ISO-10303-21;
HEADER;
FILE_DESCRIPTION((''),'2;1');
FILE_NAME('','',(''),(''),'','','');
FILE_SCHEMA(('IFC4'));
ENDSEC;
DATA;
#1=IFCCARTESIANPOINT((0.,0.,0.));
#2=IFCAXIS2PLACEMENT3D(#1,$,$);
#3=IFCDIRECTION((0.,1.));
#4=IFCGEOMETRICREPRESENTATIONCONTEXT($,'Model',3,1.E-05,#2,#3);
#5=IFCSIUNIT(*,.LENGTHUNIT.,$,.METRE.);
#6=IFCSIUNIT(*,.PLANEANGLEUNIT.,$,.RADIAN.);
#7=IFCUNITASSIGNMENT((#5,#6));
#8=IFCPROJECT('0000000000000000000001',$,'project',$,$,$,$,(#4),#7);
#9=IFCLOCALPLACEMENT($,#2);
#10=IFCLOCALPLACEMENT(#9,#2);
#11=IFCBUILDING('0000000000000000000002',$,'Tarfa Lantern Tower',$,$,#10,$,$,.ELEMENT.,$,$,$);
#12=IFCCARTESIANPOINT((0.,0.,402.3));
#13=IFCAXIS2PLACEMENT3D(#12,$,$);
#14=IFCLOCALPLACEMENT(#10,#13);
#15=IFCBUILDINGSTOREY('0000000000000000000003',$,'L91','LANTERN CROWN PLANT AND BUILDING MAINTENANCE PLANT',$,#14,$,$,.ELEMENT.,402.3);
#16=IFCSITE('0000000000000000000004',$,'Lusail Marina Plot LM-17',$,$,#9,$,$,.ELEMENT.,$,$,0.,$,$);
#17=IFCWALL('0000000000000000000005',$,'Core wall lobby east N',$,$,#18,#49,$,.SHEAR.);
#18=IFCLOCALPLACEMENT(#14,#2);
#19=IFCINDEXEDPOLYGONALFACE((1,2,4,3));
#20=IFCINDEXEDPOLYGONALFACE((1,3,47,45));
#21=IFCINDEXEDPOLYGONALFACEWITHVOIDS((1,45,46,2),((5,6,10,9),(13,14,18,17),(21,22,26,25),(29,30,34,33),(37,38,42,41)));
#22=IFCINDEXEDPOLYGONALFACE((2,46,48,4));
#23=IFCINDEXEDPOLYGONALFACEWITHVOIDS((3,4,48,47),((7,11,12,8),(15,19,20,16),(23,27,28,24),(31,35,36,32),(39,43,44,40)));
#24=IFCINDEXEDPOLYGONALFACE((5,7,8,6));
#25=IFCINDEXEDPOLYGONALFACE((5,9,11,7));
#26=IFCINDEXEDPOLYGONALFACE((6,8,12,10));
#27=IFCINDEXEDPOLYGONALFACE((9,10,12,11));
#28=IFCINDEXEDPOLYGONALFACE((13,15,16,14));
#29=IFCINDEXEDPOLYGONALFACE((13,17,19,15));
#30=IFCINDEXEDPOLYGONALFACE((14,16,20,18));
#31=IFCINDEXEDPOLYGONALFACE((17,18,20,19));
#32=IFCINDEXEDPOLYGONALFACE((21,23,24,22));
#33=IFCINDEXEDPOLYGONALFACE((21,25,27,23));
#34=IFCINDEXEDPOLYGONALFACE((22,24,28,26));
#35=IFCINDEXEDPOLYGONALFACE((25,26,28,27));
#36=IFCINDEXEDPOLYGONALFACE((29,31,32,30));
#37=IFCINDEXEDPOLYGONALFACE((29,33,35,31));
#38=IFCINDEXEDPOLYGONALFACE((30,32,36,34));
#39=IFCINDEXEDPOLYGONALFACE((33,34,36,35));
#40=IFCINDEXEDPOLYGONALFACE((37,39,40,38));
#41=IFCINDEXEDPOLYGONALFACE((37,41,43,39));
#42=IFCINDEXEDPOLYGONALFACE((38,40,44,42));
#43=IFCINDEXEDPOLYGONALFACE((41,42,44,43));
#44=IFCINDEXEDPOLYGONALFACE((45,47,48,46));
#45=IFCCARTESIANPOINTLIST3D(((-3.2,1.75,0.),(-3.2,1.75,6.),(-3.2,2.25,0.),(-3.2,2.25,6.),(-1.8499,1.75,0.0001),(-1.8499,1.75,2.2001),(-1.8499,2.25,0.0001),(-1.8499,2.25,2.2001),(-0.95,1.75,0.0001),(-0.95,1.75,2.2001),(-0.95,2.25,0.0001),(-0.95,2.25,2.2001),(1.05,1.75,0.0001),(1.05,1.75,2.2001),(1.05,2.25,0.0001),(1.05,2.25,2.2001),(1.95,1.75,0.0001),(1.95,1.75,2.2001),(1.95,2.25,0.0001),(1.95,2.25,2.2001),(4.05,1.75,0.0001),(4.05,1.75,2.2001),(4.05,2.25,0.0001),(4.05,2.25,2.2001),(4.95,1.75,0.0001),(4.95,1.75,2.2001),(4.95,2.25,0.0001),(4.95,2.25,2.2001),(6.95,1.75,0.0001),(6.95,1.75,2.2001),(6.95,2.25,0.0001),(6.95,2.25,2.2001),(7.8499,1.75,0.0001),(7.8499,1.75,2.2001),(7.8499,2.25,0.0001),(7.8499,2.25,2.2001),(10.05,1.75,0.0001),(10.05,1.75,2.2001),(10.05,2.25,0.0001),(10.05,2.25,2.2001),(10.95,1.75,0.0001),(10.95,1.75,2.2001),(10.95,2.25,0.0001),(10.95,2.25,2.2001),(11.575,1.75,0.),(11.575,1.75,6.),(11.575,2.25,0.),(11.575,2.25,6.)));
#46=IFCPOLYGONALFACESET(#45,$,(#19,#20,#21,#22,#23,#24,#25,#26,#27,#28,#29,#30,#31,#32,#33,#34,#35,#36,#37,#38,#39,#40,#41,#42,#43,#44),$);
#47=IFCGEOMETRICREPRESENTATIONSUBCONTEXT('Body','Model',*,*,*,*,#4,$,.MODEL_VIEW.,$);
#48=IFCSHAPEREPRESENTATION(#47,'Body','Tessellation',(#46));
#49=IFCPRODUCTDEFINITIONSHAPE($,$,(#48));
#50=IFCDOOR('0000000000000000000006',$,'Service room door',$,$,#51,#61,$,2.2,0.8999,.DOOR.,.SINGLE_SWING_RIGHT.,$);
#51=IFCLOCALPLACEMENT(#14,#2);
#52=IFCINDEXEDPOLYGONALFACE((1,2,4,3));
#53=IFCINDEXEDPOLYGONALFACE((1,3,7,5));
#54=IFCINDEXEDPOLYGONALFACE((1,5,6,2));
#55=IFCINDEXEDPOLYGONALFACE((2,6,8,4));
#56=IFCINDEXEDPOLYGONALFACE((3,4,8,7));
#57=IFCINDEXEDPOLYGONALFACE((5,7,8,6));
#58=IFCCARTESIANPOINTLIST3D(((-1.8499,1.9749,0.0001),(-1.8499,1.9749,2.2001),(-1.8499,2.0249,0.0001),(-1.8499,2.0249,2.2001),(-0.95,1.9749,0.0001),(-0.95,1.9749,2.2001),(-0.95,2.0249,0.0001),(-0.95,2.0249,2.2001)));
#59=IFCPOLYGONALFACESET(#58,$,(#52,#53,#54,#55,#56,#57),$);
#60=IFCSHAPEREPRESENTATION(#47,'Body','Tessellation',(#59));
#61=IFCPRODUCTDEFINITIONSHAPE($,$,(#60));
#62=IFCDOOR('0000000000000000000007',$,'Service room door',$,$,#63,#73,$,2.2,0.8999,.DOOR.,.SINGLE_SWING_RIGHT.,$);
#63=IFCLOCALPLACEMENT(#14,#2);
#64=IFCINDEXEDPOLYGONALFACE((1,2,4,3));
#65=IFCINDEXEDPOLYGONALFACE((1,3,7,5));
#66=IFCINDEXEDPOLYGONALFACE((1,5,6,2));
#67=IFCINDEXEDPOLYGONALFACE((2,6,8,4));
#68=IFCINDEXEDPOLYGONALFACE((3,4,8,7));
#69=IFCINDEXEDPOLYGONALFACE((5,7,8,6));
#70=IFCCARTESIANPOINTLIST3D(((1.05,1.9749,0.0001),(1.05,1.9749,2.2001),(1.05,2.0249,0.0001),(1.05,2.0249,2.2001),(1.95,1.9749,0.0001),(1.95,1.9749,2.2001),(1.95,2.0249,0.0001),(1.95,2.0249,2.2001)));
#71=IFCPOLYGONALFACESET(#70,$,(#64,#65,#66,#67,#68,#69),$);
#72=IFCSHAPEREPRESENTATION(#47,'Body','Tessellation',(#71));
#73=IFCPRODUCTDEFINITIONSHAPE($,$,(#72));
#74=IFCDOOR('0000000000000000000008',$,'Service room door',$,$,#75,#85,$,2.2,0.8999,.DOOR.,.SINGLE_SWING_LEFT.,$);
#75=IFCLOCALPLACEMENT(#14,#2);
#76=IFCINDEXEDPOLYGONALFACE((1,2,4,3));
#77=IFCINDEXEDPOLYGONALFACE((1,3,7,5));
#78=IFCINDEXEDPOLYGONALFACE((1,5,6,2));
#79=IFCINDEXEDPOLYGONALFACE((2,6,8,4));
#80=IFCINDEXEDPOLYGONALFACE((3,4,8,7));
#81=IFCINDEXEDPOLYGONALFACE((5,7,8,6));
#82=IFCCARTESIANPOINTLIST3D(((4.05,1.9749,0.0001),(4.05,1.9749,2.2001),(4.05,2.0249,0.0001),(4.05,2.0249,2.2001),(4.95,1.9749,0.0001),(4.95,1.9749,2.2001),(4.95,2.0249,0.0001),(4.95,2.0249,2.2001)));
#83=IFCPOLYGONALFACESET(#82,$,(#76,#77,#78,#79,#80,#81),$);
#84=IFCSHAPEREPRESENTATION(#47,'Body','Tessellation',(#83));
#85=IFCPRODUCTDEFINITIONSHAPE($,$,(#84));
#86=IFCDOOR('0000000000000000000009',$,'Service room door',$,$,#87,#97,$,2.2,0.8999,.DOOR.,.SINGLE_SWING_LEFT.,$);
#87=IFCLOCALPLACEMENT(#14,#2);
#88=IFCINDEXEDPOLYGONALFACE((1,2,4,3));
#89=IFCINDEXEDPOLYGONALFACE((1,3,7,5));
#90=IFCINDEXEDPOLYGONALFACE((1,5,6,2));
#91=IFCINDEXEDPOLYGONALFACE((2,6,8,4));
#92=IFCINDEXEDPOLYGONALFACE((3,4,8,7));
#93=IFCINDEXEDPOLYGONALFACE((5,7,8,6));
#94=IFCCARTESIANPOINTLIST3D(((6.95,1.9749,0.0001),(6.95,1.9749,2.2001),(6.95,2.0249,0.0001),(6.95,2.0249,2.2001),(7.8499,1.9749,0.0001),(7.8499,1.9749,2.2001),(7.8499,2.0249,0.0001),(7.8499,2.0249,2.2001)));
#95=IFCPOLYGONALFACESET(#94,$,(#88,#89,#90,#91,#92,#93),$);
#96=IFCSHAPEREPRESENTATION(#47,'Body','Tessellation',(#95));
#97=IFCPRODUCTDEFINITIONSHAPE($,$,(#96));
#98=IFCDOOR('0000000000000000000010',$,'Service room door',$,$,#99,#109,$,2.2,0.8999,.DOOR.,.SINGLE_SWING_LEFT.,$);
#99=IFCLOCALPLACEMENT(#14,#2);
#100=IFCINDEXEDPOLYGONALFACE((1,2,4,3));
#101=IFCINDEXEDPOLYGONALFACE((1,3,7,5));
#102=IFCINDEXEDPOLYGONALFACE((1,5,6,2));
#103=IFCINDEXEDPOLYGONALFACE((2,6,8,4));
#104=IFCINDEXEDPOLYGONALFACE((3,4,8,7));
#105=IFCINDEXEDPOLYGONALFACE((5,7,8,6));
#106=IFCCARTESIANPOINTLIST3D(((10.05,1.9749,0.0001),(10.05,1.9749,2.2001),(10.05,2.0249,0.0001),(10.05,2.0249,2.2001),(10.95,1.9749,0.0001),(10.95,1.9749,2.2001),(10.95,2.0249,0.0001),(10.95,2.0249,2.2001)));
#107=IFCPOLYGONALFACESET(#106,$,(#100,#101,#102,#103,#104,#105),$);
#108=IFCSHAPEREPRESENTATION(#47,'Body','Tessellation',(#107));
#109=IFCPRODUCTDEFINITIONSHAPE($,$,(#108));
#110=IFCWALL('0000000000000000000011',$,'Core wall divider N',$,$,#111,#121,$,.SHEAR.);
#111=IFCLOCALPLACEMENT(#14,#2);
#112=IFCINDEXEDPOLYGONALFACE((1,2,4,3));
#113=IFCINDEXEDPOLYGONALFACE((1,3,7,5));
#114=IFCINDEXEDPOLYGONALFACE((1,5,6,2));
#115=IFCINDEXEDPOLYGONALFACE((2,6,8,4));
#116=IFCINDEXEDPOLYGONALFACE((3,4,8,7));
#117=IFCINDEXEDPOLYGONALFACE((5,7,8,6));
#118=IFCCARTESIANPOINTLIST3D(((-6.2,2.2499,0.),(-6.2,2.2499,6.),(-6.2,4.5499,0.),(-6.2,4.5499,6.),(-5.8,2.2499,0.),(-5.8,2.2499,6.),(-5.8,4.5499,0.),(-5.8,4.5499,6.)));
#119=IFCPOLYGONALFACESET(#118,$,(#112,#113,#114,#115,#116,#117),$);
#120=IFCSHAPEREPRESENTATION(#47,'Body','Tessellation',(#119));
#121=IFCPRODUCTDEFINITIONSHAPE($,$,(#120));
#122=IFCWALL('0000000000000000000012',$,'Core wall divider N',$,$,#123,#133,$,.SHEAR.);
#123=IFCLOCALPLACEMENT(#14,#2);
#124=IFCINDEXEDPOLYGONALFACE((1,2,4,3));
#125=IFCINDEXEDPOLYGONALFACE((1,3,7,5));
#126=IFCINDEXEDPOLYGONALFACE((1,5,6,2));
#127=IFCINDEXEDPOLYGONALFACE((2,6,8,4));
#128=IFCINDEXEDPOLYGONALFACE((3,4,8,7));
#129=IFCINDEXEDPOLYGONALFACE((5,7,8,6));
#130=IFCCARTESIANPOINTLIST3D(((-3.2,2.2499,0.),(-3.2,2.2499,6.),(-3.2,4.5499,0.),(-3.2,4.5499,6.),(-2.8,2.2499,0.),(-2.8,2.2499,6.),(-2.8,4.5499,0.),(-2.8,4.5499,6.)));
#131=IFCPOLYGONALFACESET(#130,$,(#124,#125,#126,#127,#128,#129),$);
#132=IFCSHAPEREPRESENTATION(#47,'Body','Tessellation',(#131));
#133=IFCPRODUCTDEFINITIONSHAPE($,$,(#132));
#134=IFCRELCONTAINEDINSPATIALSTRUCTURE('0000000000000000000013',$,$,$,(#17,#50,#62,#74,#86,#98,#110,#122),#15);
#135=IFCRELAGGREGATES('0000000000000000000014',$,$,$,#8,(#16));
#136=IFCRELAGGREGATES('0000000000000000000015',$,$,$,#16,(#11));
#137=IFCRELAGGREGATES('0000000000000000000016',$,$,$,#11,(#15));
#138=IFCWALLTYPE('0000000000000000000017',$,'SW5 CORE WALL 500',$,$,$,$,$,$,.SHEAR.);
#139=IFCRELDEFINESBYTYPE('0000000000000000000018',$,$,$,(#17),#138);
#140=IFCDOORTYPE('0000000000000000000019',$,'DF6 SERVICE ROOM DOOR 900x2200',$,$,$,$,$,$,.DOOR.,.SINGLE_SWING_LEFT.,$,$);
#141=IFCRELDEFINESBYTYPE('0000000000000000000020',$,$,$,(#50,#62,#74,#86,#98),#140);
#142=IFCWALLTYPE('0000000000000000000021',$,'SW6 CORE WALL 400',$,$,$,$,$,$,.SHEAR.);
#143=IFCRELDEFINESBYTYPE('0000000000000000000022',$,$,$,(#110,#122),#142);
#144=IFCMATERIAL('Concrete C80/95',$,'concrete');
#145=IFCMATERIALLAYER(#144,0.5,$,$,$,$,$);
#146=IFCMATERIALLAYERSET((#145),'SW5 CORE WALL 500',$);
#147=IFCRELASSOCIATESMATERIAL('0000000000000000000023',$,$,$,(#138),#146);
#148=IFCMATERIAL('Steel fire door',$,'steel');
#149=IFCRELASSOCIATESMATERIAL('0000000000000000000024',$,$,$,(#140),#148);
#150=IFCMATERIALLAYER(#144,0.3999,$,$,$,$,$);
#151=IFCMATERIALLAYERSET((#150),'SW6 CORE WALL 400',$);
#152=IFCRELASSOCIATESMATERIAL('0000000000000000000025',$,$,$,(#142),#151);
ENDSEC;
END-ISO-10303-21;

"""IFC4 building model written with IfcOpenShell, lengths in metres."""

from ifc_helpers import new_model, si_unit, direction, frame, frame_2d, origin, place, context, subcontext, project, spatial, rectangle, extrude, material, layer, layer_set, type_object, element, fill, save


model = new_model("IFC4")

# Units and contexts
model_context = context("Model", 3, precision=1e-05, world=origin(), true_north=direction((0.0, 1.0)))
body_context = subcontext(model_context, "Body", "Model", "MODEL_VIEW")
ifc_project = project(units=[si_unit("LENGTHUNIT", "METRE"), si_unit("PLANEANGLEUNIT", "RADIAN")], contexts=[model_context])

# Site, building, storey
site_placement = place(None, origin())
site = spatial("IfcSite", under=ifc_project, at=site_placement, Name="Lusail Marina Plot LM-17", CompositionType="ELEMENT", RefElevation=0.0)
building_placement = place(site_placement, origin())
building = spatial("IfcBuilding", under=site, at=building_placement, Name="Tarfa Lantern Tower", CompositionType="ELEMENT")
storey_placement = place(building_placement, frame((0.0, 0.0, 402.3)))
storey = spatial("IfcBuildingStorey", under=building, at=storey_placement, Name="L91", Description="LANTERN CROWN PLANT AND BUILDING MAINTENANCE PLANT", CompositionType="ELEMENT", Elevation=402.3)

# Shared definitions
ifc_material_1 = material(Name="Concrete C80/95", Category="concrete")

# Shared definitions
ifc_material_2 = material(Name="Steel fire door", Category="steel")

# Wall, openings, doors
ifc_layer_1 = layer(ifc_material_1, 0.5)
ifc_layer_set_1 = layer_set([ifc_layer_1], Name="SW5 CORE WALL 500")
wall_type_1 = type_object("IfcWallType", Name="SW5 CORE WALL 500", PredefinedType="SHEAR", material=ifc_layer_set_1)
wall_1_placement = place(storey_placement, frame((-3.2, 2.0, 0.0), z_axis=(0.0, 0.0, 1.0), x_axis=(1.0, 0.0, 0.0)))
wall_1 = element("IfcWall", 1, at=wall_1_placement, inside=storey, type_object=wall_type_1, Name="Core wall lobby east N", PredefinedType="SHEAR", context=body_context, shape_type="SweptSolid", body=[
    extrude(rectangle(XDim=14.7749, YDim=0.5, at=frame_2d((7.3875, 0.0))), origin(), (0.0, 0.0, 1.0), 6.0),
])
opening_1_placement = place(wall_1_placement, frame((1.3501, 0.0, 0.0)))
opening_1 = element("IfcOpeningElement", 2, at=opening_1_placement, cuts=wall_1, PredefinedType="OPENING", context=body_context, shape_type="SweptSolid", body=[
    extrude(rectangle(XDim=0.8999, YDim=2.2, at=frame_2d((0.45, 1.1001))), frame((0.0, 0.26, 0.0), z_axis=(0.0, -1.0, 0.0), x_axis=(1.0, 0.0, 0.0)), (0.0, 0.0, 1.0), 0.52),
])
opening_2_placement = place(wall_1_placement, frame((4.25, 0.0, 0.0)))
opening_2 = element("IfcOpeningElement", 3, at=opening_2_placement, cuts=wall_1, PredefinedType="OPENING", context=body_context, shape_type="SweptSolid", body=[
    extrude(rectangle(XDim=0.8999, YDim=2.2, at=frame_2d((0.45, 1.1001))), frame((0.0, 0.26, 0.0), z_axis=(0.0, -1.0, 0.0), x_axis=(1.0, 0.0, 0.0)), (0.0, 0.0, 1.0), 0.52),
])
opening_3_placement = place(wall_1_placement, frame((7.25, 0.0, 0.0)))
opening_3 = element("IfcOpeningElement", 4, at=opening_3_placement, cuts=wall_1, PredefinedType="OPENING", context=body_context, shape_type="SweptSolid", body=[
    extrude(rectangle(XDim=0.8999, YDim=2.2, at=frame_2d((0.45, 1.1001))), frame((0.0, 0.26, 0.0), z_axis=(0.0, -1.0, 0.0), x_axis=(1.0, 0.0, 0.0)), (0.0, 0.0, 1.0), 0.52),
])
opening_4_placement = place(wall_1_placement, frame((10.1499, 0.0, 0.0)))
opening_4 = element("IfcOpeningElement", 5, at=opening_4_placement, cuts=wall_1, PredefinedType="OPENING", context=body_context, shape_type="SweptSolid", body=[
    extrude(rectangle(XDim=0.8999, YDim=2.2, at=frame_2d((0.45, 1.1001))), frame((0.0, 0.26, 0.0), z_axis=(0.0, -1.0, 0.0), x_axis=(1.0, 0.0, 0.0)), (0.0, 0.0, 1.0), 0.52),
])
opening_5_placement = place(wall_1_placement, frame((13.25, 0.0, 0.0)))
opening_5 = element("IfcOpeningElement", 6, at=opening_5_placement, cuts=wall_1, PredefinedType="OPENING", context=body_context, shape_type="SweptSolid", body=[
    extrude(rectangle(XDim=0.8999, YDim=2.2, at=frame_2d((0.45, 1.1001))), frame((0.0, 0.26, 0.0), z_axis=(0.0, -1.0, 0.0), x_axis=(1.0, 0.0, 0.0)), (0.0, 0.0, 1.0), 0.52),
])
door_type_1 = type_object("IfcDoorType", Name="DF6 SERVICE ROOM DOOR 900x2200", OperationType="SINGLE_SWING_LEFT", PredefinedType="DOOR", material=ifc_material_2)
door_1_placement = place(opening_1_placement, origin())
door_1 = element("IfcDoor", 7, at=door_1_placement, inside=storey, type_object=door_type_1, Name="Service room door", OperationType="SINGLE_SWING_RIGHT", OverallHeight=2.2, OverallWidth=0.8999, PredefinedType="DOOR", context=body_context, shape_type="SweptSolid", body=[
    extrude(rectangle(XDim=0.8999, YDim=2.2, at=frame_2d((0.45, 1.1001))), frame((0.0, 0.0249, 0.0), z_axis=(0.0, -1.0, 0.0), x_axis=(1.0, 0.0, 0.0)), (0.0, 0.0, 1.0), 0.05),
])
fill(opening_1, door_1)
door_2_placement = place(opening_2_placement, origin())
door_2 = element("IfcDoor", 8, at=door_2_placement, inside=storey, type_object=door_type_1, Name="Service room door", OperationType="SINGLE_SWING_RIGHT", OverallHeight=2.2, OverallWidth=0.8999, PredefinedType="DOOR", context=body_context, shape_type="SweptSolid", body=[
    extrude(rectangle(XDim=0.8999, YDim=2.2, at=frame_2d((0.45, 1.1001))), frame((0.0, 0.0249, 0.0), z_axis=(0.0, -1.0, 0.0), x_axis=(1.0, 0.0, 0.0)), (0.0, 0.0, 1.0), 0.05),
])
fill(opening_2, door_2)
door_3_placement = place(opening_3_placement, origin())
door_3 = element("IfcDoor", 9, at=door_3_placement, inside=storey, type_object=door_type_1, Name="Service room door", OperationType="SINGLE_SWING_LEFT", OverallHeight=2.2, OverallWidth=0.8999, PredefinedType="DOOR", context=body_context, shape_type="SweptSolid", body=[
    extrude(rectangle(XDim=0.8999, YDim=2.2, at=frame_2d((0.45, 1.1001))), frame((0.0, 0.0249, 0.0), z_axis=(0.0, -1.0, 0.0), x_axis=(1.0, 0.0, 0.0)), (0.0, 0.0, 1.0), 0.05),
])
fill(opening_3, door_3)
door_4_placement = place(opening_4_placement, origin())
door_4 = element("IfcDoor", 10, at=door_4_placement, inside=storey, type_object=door_type_1, Name="Service room door", OperationType="SINGLE_SWING_LEFT", OverallHeight=2.2, OverallWidth=0.8999, PredefinedType="DOOR", context=body_context, shape_type="SweptSolid", body=[
    extrude(rectangle(XDim=0.8999, YDim=2.2, at=frame_2d((0.45, 1.1001))), frame((0.0, 0.0249, 0.0), z_axis=(0.0, -1.0, 0.0), x_axis=(1.0, 0.0, 0.0)), (0.0, 0.0, 1.0), 0.05),
])
fill(opening_4, door_4)
door_5_placement = place(opening_5_placement, origin())
door_5 = element("IfcDoor", 11, at=door_5_placement, inside=storey, type_object=door_type_1, Name="Service room door", OperationType="SINGLE_SWING_LEFT", OverallHeight=2.2, OverallWidth=0.8999, PredefinedType="DOOR", context=body_context, shape_type="SweptSolid", body=[
    extrude(rectangle(XDim=0.8999, YDim=2.2, at=frame_2d((0.45, 1.1001))), frame((0.0, 0.0249, 0.0), z_axis=(0.0, -1.0, 0.0), x_axis=(1.0, 0.0, 0.0)), (0.0, 0.0, 1.0), 0.05),
])
fill(opening_5, door_5)

# Walls
ifc_layer_2 = layer(ifc_material_1, 0.3999)
ifc_layer_set_2 = layer_set([ifc_layer_2], Name="SW6 CORE WALL 400")
wall_type_2 = type_object("IfcWallType", Name="SW6 CORE WALL 400", PredefinedType="SHEAR", material=ifc_layer_set_2)
for number, where, z_axis, x_axis, name in (
    (12, (-6.0, 2.25, 0.0), (0.0, 0.0, 1.0), (0.0, 1.0, 0.0), "Core wall divider N"),
    (13, (-3.0, 2.25, 0.0), (0.0, 0.0, 1.0), (0.0, 1.0, 0.0), "Core wall divider N"),
):
    element("IfcWall", number, at=place(storey_placement, frame(where, z_axis=z_axis, x_axis=x_axis)), inside=storey, type_object=wall_type_2, Name=name, PredefinedType="SHEAR", context=body_context, shape_type="SweptSolid", body=[
        extrude(rectangle(XDim=2.3, YDim=0.3999, at=frame_2d((1.1499, 0.0))), origin(), (0.0, 0.0, 1.0), 6.0),
    ])

save(model, "model.ifc")
